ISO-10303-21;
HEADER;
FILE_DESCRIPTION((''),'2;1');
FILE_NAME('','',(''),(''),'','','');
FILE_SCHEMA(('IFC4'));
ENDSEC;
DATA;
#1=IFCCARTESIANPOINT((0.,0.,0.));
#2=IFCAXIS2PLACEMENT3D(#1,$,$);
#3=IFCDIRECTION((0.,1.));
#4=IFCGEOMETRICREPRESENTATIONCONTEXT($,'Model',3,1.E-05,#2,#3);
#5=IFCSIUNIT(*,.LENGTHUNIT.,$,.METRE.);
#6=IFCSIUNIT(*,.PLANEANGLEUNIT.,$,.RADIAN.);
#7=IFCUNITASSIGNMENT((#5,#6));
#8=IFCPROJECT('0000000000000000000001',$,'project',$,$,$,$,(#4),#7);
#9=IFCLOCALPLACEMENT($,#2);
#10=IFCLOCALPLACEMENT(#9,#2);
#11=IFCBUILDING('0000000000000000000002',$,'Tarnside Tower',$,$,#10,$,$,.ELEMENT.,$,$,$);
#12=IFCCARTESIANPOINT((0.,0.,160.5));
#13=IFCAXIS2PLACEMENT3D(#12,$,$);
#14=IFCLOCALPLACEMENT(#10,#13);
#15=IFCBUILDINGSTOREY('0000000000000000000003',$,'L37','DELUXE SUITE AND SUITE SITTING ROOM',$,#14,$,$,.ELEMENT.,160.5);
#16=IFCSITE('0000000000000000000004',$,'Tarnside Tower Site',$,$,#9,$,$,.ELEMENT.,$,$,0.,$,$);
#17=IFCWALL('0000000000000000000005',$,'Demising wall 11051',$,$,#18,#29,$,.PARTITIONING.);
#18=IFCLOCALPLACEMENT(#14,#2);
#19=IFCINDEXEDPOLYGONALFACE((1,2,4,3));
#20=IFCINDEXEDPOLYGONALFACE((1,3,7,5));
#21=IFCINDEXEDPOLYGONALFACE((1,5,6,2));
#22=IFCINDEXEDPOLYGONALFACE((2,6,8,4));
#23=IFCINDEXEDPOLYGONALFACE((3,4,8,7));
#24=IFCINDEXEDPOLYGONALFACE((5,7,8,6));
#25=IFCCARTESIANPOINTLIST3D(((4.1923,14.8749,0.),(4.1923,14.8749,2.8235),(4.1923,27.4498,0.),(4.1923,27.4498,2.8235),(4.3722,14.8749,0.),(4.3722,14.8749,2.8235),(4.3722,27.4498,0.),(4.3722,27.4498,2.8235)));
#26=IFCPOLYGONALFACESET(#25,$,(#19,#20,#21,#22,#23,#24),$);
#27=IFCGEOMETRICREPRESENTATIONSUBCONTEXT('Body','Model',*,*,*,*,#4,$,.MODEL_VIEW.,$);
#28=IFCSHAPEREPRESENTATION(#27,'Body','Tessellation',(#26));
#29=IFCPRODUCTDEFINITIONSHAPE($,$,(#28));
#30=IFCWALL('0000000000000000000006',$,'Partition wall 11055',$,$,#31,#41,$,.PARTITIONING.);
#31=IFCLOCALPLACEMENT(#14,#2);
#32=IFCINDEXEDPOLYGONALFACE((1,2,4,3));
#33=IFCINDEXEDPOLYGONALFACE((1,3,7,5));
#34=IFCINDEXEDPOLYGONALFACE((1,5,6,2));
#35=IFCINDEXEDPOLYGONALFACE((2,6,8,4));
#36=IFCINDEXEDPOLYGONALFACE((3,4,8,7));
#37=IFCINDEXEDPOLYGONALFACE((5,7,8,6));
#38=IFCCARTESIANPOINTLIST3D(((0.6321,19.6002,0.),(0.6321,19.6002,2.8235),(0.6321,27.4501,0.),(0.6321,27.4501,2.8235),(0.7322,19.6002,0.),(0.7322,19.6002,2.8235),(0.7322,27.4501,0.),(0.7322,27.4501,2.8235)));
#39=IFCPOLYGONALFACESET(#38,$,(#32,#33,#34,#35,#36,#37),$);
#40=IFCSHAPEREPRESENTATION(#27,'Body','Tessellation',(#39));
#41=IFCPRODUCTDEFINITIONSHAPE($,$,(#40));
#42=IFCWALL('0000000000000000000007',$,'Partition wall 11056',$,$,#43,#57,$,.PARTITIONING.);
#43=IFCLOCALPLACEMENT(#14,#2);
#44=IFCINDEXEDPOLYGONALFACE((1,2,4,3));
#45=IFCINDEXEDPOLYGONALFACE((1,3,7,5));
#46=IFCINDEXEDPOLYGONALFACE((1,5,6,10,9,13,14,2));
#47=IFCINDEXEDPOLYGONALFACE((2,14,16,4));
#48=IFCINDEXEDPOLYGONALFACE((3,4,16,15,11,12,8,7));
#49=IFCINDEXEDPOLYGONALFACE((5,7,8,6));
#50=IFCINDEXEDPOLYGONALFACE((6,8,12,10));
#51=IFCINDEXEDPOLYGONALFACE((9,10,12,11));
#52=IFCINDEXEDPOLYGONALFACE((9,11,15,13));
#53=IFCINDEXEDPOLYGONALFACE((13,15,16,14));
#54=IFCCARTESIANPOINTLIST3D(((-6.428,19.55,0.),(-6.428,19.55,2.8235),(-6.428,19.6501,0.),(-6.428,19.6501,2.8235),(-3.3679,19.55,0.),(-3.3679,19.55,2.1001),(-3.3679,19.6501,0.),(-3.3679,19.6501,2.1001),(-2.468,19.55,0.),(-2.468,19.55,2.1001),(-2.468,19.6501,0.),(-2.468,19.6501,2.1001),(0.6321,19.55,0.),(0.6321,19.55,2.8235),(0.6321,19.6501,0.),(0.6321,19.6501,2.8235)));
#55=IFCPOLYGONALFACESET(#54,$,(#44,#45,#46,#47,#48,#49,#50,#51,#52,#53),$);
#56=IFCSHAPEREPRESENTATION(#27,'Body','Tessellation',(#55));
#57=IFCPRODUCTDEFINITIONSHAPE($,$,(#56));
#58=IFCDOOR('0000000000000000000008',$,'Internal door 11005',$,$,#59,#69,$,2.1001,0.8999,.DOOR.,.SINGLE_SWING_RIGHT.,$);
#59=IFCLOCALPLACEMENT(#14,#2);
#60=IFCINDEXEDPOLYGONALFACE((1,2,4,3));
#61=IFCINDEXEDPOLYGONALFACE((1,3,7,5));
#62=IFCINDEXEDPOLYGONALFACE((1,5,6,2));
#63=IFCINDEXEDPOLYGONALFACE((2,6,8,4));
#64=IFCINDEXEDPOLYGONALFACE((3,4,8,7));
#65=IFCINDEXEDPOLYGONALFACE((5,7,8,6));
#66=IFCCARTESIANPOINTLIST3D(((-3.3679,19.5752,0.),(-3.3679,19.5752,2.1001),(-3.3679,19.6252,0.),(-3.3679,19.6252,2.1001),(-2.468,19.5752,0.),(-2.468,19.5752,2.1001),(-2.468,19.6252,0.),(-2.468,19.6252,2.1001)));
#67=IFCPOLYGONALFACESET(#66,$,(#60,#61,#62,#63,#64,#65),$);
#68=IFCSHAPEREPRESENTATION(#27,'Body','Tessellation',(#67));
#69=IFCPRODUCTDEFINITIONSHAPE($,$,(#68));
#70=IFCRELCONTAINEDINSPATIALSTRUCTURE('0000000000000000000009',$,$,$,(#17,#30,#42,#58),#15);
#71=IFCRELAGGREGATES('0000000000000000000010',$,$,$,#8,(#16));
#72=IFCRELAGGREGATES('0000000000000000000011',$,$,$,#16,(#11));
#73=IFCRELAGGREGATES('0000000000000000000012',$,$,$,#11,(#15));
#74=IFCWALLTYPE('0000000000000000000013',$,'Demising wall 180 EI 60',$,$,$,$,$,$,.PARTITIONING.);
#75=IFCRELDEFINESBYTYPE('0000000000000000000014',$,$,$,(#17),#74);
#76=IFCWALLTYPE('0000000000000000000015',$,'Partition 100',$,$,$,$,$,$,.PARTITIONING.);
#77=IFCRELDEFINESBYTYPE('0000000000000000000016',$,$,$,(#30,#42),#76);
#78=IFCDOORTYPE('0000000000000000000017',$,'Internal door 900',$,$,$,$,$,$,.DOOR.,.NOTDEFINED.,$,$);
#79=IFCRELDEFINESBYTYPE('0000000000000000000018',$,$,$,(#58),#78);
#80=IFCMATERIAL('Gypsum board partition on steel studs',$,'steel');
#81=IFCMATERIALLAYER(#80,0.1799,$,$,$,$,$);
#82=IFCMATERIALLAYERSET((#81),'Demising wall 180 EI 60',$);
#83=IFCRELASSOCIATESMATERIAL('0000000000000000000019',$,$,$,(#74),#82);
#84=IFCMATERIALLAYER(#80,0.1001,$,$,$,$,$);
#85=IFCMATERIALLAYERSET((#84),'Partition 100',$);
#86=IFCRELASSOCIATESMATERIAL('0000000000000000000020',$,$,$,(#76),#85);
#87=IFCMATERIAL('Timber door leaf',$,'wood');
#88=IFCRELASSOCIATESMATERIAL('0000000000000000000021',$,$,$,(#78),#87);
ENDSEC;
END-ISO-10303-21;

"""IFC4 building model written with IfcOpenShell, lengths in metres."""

from ifc_helpers import new_model, si_unit, direction, frame, frame_2d, origin, place, context, subcontext, project, spatial, rectangle, extrude, material, layer, layer_set, type_object, element, fill, save


model = new_model("IFC4")

# Units and contexts
model_context = context("Model", 3, precision=1e-05, world=origin(), true_north=direction((0.0, 1.0)))
body_context = subcontext(model_context, "Body", "Model", "MODEL_VIEW")
ifc_project = project(units=[si_unit("LENGTHUNIT", "METRE"), si_unit("PLANEANGLEUNIT", "RADIAN")], contexts=[model_context])

# Site, building, storey
site_placement = place(None, origin())
site = spatial("IfcSite", under=ifc_project, at=site_placement, Name="Tarnside Tower Site", CompositionType="ELEMENT", RefElevation=0.0)
building_placement = place(site_placement, origin())
building = spatial("IfcBuilding", under=site, at=building_placement, Name="Tarnside Tower", CompositionType="ELEMENT")
storey_placement = place(building_placement, frame((0.0, 0.0, 160.5)))
storey = spatial("IfcBuildingStorey", under=building, at=storey_placement, Name="L37", Description="DELUXE SUITE AND SUITE SITTING ROOM", CompositionType="ELEMENT", Elevation=160.5)

# Shared definitions
ifc_material_1 = material(Name="Gypsum board partition on steel studs", Category="steel")
ifc_material_2 = material(Name="Timber door leaf", Category="wood")

# Walls
ifc_layer_1 = layer(ifc_material_1, 0.1799)
ifc_layer_set_1 = layer_set([ifc_layer_1], Name="Demising wall 180 EI 60")
wall_type_1 = type_object("IfcWallType", Name="Demising wall 180 EI 60", PredefinedType="PARTITIONING", material=ifc_layer_set_1)
wall_1_placement = place(storey_placement, frame((4.2822, 27.45, 0.0), z_axis=(0.0, 0.0, 1.0), x_axis=(0.0, -1.0, 0.0)))
element("IfcWall", 1, at=wall_1_placement, inside=storey, type_object=wall_type_1, Name="Demising wall 11051", PredefinedType="PARTITIONING", context=body_context, shape_type="SweptSolid", body=[
    extrude(rectangle(XDim=12.575, YDim=0.1799, at=frame_2d((6.2876, 0.0))), origin(), (0.0, 0.0, 1.0), 2.8235),
])
ifc_layer_2 = layer(ifc_material_1, 0.1001)
ifc_layer_set_2 = layer_set([ifc_layer_2], Name="Partition 100")
wall_type_2 = type_object("IfcWallType", Name="Partition 100", PredefinedType="PARTITIONING", material=ifc_layer_set_2)
wall_2_placement = place(storey_placement, frame((0.6821, 27.45, 0.0), z_axis=(0.0, 0.0, 1.0), x_axis=(0.0, -1.0, 0.0)))
element("IfcWall", 2, at=wall_2_placement, inside=storey, type_object=wall_type_2, Name="Partition wall 11055", PredefinedType="PARTITIONING", context=body_context, shape_type="SweptSolid", body=[
    extrude(rectangle(XDim=7.8499, YDim=0.1001, at=frame_2d((3.9248, 0.0))), origin(), (0.0, 0.0, 1.0), 2.8235),
])

# Wall, opening, door
wall_3_placement = place(storey_placement, frame((0.6321, 19.6001, 0.0), z_axis=(0.0, 0.0, 1.0), x_axis=(-1.0, 0.0, 0.0)))
wall_3 = element("IfcWall", 3, at=wall_3_placement, inside=storey, type_object=wall_type_2, Name="Partition wall 11056", PredefinedType="PARTITIONING", context=body_context, shape_type="SweptSolid", body=[
    extrude(rectangle(XDim=7.0601, YDim=0.1001, at=frame_2d((3.53, 0.0))), origin(), (0.0, 0.0, 1.0), 2.8235),
])
opening_1_placement = place(wall_3_placement, frame((3.1001, 0.0, 0.0)))
opening_1 = element("IfcOpeningElement", 4, at=opening_1_placement, cuts=wall_3, PredefinedType="OPENING", context=body_context, shape_type="SweptSolid", body=[
    extrude(rectangle(XDim=0.8999, YDim=2.1001, at=frame_2d((0.45, 1.05))), frame((0.0, 0.0601, 0.0), z_axis=(0.0, -1.0, 0.0), x_axis=(1.0, 0.0, 0.0)), (0.0, 0.0, 1.0), 0.1201),
])
door_type_1 = type_object("IfcDoorType", Name="Internal door 900", OperationType="NOTDEFINED", PredefinedType="DOOR", material=ifc_material_2)
door_1_placement = place(opening_1_placement, origin())
door_1 = element("IfcDoor", 5, at=door_1_placement, inside=storey, type_object=door_type_1, Name="Internal door 11005", OperationType="SINGLE_SWING_RIGHT", OverallHeight=2.1001, OverallWidth=0.8999, PredefinedType="DOOR", context=body_context, shape_type="SweptSolid", body=[
    extrude(rectangle(XDim=0.8999, YDim=2.1001, at=frame_2d((0.45, 1.05))), frame((0.0, 0.0249, 0.0), z_axis=(0.0, -1.0, 0.0), x_axis=(1.0, 0.0, 0.0)), (0.0, 0.0, 1.0), 0.05),
])
fill(opening_1, door_1)

save(model, "model.ifc")
